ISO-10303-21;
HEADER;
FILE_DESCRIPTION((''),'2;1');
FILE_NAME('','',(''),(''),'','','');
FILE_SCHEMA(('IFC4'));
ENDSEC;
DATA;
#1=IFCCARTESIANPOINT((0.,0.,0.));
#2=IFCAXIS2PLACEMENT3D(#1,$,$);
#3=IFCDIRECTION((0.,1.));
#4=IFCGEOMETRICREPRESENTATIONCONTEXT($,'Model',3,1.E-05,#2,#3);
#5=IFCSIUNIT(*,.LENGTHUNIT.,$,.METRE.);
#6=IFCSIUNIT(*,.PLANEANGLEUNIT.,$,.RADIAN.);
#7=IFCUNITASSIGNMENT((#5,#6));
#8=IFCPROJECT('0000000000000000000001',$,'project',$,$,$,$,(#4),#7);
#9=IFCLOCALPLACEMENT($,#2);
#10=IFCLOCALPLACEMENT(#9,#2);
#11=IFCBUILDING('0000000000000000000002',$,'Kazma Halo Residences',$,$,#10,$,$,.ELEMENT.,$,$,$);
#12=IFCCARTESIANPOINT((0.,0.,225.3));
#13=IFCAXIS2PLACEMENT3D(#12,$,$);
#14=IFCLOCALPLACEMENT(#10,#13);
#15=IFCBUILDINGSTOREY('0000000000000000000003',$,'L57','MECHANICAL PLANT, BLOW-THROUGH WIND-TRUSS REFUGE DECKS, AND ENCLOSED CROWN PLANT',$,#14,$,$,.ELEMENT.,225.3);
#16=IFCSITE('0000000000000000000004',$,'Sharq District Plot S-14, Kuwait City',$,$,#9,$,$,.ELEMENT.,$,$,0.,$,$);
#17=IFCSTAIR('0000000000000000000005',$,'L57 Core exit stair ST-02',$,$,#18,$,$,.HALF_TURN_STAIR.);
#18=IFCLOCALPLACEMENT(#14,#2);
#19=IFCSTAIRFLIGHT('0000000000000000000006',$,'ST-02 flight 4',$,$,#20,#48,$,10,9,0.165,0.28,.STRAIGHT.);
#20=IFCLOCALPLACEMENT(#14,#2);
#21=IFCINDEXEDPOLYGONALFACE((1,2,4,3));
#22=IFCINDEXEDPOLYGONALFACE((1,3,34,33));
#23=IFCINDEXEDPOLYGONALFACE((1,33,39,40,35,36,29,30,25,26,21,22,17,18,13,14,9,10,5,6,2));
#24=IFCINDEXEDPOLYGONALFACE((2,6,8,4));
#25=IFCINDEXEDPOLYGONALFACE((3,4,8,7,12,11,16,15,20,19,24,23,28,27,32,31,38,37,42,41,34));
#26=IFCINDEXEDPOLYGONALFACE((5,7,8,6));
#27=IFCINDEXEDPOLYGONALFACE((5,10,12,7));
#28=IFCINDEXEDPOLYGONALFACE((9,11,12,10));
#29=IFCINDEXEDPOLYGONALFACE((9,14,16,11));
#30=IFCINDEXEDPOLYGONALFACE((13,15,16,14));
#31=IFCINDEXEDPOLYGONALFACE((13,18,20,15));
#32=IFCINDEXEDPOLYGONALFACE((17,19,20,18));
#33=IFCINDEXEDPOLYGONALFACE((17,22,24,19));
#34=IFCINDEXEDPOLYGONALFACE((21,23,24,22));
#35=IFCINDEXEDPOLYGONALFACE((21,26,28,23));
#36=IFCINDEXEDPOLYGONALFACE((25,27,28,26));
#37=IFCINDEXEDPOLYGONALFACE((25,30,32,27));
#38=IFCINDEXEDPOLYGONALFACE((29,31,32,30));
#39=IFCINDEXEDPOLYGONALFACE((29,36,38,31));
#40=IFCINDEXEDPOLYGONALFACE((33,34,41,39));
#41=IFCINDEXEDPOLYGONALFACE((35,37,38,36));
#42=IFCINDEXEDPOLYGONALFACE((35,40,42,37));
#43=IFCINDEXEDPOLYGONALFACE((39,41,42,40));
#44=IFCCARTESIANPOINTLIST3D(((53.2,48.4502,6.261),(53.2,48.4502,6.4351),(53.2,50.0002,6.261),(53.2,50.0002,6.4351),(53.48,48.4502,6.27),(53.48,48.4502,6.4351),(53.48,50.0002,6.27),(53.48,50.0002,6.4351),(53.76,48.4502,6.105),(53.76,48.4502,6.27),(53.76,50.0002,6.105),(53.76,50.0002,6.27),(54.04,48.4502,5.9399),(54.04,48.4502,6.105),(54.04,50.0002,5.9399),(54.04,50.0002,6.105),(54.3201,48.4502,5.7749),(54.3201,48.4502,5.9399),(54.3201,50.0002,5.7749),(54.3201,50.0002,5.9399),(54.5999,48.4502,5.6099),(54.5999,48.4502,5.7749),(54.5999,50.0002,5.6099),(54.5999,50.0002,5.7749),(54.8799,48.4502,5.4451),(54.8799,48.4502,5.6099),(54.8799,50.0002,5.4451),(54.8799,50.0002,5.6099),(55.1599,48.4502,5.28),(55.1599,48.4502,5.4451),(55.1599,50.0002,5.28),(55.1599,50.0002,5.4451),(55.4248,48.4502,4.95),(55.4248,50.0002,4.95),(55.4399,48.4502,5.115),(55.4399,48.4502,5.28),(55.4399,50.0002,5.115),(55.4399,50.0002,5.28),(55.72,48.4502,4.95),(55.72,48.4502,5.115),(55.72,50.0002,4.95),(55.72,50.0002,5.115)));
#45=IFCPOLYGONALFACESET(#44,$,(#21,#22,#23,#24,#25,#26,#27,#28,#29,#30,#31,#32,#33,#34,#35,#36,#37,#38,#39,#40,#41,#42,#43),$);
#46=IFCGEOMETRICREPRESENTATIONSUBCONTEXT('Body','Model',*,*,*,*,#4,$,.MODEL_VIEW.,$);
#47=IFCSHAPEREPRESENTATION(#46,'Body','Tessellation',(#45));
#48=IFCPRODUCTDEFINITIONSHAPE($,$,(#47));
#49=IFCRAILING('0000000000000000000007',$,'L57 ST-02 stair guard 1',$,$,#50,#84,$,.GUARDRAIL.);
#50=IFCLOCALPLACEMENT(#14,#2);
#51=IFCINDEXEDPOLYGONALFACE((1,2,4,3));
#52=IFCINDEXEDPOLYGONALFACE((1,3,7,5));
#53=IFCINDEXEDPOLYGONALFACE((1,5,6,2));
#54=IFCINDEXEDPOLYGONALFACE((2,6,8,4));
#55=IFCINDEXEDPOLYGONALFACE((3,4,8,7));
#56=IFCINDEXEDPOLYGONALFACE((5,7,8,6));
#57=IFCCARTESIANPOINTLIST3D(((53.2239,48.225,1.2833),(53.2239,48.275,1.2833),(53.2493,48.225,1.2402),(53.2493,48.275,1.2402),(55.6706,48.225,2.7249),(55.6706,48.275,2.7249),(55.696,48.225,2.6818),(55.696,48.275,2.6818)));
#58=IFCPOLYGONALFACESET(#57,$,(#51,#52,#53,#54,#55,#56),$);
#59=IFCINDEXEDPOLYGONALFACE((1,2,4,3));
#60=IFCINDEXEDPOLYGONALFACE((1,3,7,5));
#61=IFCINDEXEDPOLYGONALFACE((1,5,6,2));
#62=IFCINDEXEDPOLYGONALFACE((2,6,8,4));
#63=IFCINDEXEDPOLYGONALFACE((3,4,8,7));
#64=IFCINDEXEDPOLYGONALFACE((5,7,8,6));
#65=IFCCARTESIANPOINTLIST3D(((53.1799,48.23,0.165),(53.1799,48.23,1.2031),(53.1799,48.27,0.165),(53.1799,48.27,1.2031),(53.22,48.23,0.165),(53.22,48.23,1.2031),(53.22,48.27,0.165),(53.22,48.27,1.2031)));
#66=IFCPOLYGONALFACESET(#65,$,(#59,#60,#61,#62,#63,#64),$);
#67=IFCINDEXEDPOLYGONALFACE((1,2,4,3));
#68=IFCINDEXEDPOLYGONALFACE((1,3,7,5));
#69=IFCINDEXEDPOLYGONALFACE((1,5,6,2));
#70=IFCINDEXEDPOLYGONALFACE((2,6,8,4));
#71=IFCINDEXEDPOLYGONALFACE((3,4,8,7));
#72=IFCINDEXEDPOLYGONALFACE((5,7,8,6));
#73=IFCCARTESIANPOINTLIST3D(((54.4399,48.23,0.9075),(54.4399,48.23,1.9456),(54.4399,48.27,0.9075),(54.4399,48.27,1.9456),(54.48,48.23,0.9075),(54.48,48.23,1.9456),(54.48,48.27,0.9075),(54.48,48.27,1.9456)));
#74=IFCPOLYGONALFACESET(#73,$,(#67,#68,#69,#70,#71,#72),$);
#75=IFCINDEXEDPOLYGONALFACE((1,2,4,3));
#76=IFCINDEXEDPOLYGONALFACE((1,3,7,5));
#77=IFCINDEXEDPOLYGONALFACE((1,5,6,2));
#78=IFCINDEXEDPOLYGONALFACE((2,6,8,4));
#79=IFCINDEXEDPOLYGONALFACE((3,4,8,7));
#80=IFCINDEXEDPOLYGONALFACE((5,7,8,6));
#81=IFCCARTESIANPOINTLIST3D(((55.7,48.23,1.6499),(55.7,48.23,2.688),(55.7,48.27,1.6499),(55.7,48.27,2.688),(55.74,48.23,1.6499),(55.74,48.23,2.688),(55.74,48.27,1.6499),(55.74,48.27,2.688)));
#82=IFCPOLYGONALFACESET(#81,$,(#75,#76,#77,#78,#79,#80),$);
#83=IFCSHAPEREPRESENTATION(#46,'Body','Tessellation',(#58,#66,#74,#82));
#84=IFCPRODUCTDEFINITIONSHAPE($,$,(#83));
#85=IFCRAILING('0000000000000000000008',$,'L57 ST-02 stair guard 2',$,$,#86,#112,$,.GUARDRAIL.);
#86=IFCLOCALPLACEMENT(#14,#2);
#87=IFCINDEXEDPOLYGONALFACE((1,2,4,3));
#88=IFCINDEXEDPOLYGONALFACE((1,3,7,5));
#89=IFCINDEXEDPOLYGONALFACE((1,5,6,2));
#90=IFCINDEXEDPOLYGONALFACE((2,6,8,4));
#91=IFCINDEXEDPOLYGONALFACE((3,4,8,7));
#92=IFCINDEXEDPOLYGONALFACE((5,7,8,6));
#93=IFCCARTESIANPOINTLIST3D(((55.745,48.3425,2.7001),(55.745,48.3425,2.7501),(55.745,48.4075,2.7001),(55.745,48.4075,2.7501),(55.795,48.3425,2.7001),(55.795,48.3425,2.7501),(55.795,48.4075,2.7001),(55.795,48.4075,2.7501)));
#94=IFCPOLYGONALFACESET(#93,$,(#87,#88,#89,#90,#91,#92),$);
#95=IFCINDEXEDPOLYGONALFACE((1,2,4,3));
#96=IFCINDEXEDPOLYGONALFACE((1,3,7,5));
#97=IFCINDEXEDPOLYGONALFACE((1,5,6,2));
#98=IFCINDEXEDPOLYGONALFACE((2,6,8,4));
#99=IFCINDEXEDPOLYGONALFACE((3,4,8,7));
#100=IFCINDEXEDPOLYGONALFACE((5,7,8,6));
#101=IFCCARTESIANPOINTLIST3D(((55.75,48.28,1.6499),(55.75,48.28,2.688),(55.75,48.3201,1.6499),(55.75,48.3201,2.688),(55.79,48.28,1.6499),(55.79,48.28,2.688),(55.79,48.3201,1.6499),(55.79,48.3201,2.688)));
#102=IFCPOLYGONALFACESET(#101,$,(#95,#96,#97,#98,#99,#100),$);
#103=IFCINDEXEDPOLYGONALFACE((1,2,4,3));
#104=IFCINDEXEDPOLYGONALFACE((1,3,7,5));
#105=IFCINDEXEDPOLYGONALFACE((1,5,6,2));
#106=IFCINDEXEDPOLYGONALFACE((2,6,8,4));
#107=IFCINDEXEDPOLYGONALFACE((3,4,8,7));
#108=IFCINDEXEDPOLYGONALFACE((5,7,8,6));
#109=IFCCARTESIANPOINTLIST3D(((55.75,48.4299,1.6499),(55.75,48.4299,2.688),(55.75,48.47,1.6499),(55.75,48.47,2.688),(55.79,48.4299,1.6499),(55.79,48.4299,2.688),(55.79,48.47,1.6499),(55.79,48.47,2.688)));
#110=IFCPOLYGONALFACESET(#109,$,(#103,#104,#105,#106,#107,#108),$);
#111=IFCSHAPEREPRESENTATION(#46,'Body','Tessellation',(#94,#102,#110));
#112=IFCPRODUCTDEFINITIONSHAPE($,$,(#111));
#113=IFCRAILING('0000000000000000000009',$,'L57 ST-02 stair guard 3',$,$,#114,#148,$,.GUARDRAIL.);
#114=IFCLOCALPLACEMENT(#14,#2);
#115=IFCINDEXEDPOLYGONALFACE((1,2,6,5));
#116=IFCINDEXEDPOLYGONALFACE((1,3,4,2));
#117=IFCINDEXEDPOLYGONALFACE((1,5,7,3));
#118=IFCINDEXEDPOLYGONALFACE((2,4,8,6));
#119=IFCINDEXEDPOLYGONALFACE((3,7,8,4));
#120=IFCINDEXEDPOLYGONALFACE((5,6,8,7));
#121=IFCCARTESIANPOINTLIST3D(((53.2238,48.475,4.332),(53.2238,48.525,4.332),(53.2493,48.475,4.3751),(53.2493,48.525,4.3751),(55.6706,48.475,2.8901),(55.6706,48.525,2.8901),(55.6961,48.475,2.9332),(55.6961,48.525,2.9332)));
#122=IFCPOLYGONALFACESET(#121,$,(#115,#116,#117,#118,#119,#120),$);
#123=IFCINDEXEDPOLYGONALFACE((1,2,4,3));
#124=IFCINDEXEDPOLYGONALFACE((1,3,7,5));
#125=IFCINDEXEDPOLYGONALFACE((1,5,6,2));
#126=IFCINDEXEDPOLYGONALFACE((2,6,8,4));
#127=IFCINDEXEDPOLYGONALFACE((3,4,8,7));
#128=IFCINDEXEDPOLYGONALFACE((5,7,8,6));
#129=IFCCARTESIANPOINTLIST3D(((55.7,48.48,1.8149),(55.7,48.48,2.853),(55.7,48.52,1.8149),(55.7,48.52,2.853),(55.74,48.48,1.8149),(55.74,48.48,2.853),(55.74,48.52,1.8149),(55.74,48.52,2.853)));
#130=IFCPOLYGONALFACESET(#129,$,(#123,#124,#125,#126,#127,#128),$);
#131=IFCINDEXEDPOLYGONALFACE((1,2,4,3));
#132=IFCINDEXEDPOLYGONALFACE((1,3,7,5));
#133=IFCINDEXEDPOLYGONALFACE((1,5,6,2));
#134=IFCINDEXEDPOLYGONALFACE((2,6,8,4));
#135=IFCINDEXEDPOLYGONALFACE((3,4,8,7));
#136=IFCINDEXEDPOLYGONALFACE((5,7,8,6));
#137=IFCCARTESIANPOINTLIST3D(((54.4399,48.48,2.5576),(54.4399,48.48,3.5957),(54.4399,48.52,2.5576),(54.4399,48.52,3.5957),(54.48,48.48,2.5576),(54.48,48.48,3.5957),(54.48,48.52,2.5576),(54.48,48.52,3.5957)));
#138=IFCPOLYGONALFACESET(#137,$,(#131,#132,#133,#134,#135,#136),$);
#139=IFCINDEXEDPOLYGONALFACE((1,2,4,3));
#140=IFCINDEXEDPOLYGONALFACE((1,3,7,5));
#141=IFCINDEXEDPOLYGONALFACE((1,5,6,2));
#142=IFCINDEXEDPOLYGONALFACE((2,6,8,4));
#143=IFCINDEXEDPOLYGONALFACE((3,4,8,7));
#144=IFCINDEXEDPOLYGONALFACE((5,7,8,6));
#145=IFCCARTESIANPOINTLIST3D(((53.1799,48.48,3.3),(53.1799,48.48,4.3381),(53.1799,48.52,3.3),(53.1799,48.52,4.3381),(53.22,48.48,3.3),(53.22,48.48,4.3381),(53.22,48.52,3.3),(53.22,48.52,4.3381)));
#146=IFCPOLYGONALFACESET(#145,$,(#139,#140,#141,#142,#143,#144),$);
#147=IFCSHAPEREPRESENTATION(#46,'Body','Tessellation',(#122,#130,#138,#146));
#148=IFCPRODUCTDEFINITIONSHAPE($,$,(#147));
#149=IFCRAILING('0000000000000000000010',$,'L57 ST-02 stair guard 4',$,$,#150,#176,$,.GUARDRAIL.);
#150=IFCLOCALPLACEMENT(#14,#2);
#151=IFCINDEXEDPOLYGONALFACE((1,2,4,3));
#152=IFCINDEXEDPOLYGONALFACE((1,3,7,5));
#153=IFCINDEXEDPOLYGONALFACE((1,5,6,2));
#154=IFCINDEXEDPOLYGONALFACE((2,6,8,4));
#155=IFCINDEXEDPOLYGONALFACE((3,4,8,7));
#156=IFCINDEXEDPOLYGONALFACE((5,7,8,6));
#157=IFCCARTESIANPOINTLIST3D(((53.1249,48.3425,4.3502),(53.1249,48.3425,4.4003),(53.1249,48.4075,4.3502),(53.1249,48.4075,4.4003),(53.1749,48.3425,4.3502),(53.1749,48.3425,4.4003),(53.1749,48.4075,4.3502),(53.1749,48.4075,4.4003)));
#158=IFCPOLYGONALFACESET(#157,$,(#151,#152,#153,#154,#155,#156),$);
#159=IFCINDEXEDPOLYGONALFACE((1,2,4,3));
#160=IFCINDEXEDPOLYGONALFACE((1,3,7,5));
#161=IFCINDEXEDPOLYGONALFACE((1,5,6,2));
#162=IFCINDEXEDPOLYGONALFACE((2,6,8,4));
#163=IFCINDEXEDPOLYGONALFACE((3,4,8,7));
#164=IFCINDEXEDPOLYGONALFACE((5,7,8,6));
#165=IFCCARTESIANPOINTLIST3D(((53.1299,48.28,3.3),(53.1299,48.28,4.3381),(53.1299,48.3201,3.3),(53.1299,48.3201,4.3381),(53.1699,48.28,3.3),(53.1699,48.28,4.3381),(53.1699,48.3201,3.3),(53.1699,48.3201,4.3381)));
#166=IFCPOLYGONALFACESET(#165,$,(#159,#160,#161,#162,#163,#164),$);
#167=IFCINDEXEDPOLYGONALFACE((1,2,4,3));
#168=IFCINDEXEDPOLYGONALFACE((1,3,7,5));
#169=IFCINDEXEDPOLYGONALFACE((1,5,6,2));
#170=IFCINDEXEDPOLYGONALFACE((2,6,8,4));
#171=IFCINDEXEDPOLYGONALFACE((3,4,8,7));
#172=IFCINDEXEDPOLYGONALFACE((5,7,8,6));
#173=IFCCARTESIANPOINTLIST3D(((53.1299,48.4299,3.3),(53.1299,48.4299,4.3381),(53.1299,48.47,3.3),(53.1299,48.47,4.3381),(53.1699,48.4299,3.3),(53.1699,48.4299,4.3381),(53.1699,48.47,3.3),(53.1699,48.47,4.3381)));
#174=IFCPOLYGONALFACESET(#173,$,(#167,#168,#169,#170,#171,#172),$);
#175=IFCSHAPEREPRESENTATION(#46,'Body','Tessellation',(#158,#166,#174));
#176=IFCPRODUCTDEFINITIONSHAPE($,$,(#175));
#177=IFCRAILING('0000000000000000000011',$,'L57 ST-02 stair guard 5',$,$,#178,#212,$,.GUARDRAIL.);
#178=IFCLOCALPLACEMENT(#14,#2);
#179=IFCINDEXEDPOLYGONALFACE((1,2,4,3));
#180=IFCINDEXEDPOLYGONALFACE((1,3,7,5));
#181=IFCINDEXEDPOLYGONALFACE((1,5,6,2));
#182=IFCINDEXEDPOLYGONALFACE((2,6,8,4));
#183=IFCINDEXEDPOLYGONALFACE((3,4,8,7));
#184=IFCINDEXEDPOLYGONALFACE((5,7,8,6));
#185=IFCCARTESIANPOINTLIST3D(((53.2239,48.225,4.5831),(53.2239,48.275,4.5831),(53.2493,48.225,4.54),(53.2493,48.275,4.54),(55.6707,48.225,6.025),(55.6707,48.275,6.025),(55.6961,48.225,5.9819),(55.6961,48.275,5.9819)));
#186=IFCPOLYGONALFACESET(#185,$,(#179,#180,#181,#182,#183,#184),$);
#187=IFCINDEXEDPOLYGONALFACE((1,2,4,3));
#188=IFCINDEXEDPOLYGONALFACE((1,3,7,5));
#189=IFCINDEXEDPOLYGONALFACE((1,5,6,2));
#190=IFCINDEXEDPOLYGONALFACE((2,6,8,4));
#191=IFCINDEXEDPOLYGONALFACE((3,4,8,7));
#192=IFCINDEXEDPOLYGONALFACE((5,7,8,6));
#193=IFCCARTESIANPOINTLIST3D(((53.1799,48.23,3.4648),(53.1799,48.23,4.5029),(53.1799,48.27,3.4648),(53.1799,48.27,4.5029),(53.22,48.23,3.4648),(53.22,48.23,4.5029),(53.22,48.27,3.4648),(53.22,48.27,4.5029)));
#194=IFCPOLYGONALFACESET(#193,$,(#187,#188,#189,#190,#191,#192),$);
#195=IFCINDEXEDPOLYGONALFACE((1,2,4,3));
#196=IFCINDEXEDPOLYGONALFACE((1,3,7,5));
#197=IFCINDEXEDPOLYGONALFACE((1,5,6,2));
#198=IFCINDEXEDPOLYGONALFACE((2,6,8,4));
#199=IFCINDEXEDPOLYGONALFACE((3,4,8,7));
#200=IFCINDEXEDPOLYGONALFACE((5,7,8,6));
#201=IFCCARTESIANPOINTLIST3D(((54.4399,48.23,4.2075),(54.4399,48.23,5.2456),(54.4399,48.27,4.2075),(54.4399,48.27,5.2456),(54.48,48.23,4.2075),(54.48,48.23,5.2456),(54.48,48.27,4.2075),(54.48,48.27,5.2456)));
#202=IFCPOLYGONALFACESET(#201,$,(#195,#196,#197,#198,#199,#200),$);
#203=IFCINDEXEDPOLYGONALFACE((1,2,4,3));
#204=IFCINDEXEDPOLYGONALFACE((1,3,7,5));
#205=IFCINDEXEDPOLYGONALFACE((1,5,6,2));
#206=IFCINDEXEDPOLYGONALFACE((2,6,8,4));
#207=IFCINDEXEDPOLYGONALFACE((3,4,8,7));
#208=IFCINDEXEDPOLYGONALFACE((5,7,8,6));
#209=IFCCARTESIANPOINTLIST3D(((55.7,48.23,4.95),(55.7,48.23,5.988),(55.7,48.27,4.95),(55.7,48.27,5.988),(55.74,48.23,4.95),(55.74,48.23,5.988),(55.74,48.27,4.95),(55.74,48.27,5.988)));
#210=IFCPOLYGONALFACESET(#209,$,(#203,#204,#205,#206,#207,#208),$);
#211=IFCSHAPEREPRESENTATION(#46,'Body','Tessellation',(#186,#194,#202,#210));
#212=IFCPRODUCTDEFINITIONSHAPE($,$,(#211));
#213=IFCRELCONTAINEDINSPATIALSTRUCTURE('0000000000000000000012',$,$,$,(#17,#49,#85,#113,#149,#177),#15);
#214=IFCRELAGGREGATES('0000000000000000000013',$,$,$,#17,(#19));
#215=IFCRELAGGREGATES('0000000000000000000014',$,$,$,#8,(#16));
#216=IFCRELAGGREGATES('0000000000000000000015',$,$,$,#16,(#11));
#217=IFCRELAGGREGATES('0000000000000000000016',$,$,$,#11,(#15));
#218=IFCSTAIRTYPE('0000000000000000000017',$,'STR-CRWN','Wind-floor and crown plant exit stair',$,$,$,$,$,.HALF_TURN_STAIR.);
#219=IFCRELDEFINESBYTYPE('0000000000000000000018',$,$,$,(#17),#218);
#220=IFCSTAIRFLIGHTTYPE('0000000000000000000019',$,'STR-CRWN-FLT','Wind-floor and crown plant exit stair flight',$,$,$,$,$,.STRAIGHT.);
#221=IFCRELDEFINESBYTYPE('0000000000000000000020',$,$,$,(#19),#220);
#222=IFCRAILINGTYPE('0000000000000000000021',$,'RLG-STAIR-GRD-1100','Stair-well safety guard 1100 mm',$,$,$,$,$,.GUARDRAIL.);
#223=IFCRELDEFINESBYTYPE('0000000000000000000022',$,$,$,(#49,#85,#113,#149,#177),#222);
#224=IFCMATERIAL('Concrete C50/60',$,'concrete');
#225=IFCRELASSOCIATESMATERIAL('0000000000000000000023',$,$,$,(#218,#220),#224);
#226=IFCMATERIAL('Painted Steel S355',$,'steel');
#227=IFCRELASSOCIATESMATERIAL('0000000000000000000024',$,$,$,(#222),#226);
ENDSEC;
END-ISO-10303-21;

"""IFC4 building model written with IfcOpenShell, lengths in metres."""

from ifc_helpers import new_model, si_unit, direction, frame, origin, origin_2d, place, context, subcontext, project, spatial, polyline, rectangle, outline, extrude, material, type_object, element, aggregate, save


model = new_model("IFC4")

# Units and contexts
model_context = context("Model", 3, precision=1e-05, world=origin(), true_north=direction((0.0, 1.0)))
body_context = subcontext(model_context, "Body", "Model", "MODEL_VIEW")
ifc_project = project(units=[si_unit("LENGTHUNIT", "METRE"), si_unit("PLANEANGLEUNIT", "RADIAN")], contexts=[model_context])

# Site, building, storey
site_placement = place(None, origin())
site = spatial("IfcSite", under=ifc_project, at=site_placement, Name="Sharq District Plot S-14, Kuwait City", CompositionType="ELEMENT", RefElevation=0.0)
building_placement = place(site_placement, origin())
building = spatial("IfcBuilding", under=site, at=building_placement, Name="Kazma Halo Residences", CompositionType="ELEMENT")
storey_placement = place(building_placement, frame((0.0, 0.0, 225.3)))
storey = spatial("IfcBuildingStorey", under=building, at=storey_placement, Name="L57", Description="MECHANICAL PLANT, BLOW-THROUGH WIND-TRUSS REFUGE DECKS, AND ENCLOSED CROWN PLANT", CompositionType="ELEMENT", Elevation=225.3)

# Shared definitions
ifc_material_1 = material(Name="Concrete C50/60", Category="concrete")

# Stair, stair flight
stair_type = type_object("IfcStairType", Name="STR-CRWN", Description="Wind-floor and crown plant exit stair", PredefinedType="HALF_TURN_STAIR", material=ifc_material_1)
stair_placement = place(storey_placement, origin())
stair = element("IfcStair", 1, at=stair_placement, inside=storey, type_object=stair_type, Name="L57 Core exit stair ST-02", PredefinedType="HALF_TURN_STAIR")
stair_flight_type = type_object("IfcStairFlightType", Name="STR-CRWN-FLT", Description="Wind-floor and crown plant exit stair flight", PredefinedType="STRAIGHT", material=ifc_material_1)
stair_flight_1_placement = place(storey_placement, frame((55.72, 49.2251, 4.95), z_axis=(0.0, 0.0, 1.0), x_axis=(-1.0, 0.0, 0.0)))
stair_flight_1 = element("IfcStairFlight", 2, at=stair_flight_1_placement, type_object=stair_flight_type, Name="ST-02 flight 4", NumberOfRisers=10, NumberOfTreads=9, PredefinedType="STRAIGHT", RiserHeight=0.165, TreadLength=0.28, context=body_context, shape_type="SweptSolid", body=[
    extrude(outline(polyline([(0.0, 0.0), (0.0, 0.165), (0.28, 0.165), (0.28, 0.3301), (0.5601, 0.3301), (0.5601, 0.4951), (0.8401, 0.4951), (0.8401, 0.6599), (1.1201, 0.6599), (1.1201, 0.825), (1.3999, 0.825), (1.3999, 0.99), (1.6799, 0.99), (1.6799, 1.155), (1.96, 1.155), (1.96, 1.3201), (2.24, 1.3201), (2.24, 1.4851), (2.52, 1.4851), (2.52, 1.6499), (2.52, 1.311), (0.2952, 0.0), (0.0, 0.0)])), frame((0.0, 0.7749, 0.0), z_axis=(0.0, -1.0, 0.0), x_axis=(1.0, 0.0, 0.0)), (0.0, 0.0, 1.0), 1.55),
])
aggregate(stair, [stair_flight_1])

# Railings
ifc_material_2 = material(Name="Painted Steel S355", Category="steel")
railing_type_1 = type_object("IfcRailingType", Name="RLG-STAIR-GRD-1100", Description="Stair-well safety guard 1100 mm", PredefinedType="GUARDRAIL", material=ifc_material_2)
railing_1_placement = place(storey_placement, frame((53.2, 48.25, 0.165)))
element("IfcRailing", 3, at=railing_1_placement, inside=storey, type_object=railing_type_1, Name="L57 ST-02 stair guard 1", PredefinedType="GUARDRAIL", context=body_context, shape_type="SweptSolid", body=[
    extrude(rectangle(XDim=0.05, YDim=0.05, at=origin_2d()), frame((0.0366, 0.0, 1.0967), z_axis=(0.861561, 0.0, 0.507655), x_axis=(0.0, 1.0, 0.0)), (0.0, 0.0, 1.0), 2.8398),
    extrude(rectangle(XDim=0.04, YDim=0.04, at=origin_2d()), origin(), (0.0, 0.0, 1.0), 1.0381),
    extrude(rectangle(XDim=0.04, YDim=0.04, at=origin_2d()), frame((1.26, 0.0, 0.7424)), (0.0, 0.0, 1.0), 1.0381),
    extrude(rectangle(XDim=0.04, YDim=0.04, at=origin_2d()), frame((2.52, 0.0, 1.4849)), (0.0, 0.0, 1.0), 1.0381),
])
railing_2_placement = place(storey_placement, frame((55.77, 48.3, 1.6499)))
element("IfcRailing", 4, at=railing_2_placement, inside=storey, type_object=railing_type_1, Name="L57 ST-02 stair guard 2", PredefinedType="GUARDRAIL", context=body_context, shape_type="SweptSolid", body=[
    extrude(rectangle(XDim=0.05, YDim=0.05, at=origin_2d()), frame((0.0, 0.0425, 1.0752), z_axis=(0.0, 1.0, 0.0), x_axis=(-1.0, 0.0, 0.0)), (0.0, 0.0, 1.0), 0.0649),
    extrude(rectangle(XDim=0.04, YDim=0.04, at=origin_2d()), origin(), (0.0, 0.0, 1.0), 1.0381),
    extrude(rectangle(XDim=0.04, YDim=0.04, at=origin_2d()), frame((0.0, 0.1499, 0.0)), (0.0, 0.0, 1.0), 1.0381),
])
railing_3_placement = place(storey_placement, frame((55.72, 48.5, 1.8149)))
element("IfcRailing", 5, at=railing_3_placement, inside=storey, type_object=railing_type_1, Name="L57 ST-02 stair guard 3", PredefinedType="GUARDRAIL", context=body_context, shape_type="SweptSolid", body=[
    extrude(rectangle(XDim=0.05, YDim=0.05, at=origin_2d()), frame((-0.0366, 0.0, 1.0967), z_axis=(-0.861524, 0.0, 0.507717), x_axis=(0.0, -1.0, 0.0)), (0.0, 0.0, 1.0), 2.8401),
    extrude(rectangle(XDim=0.04, YDim=0.04, at=origin_2d()), origin(), (0.0, 0.0, 1.0), 1.0381),
    extrude(rectangle(XDim=0.04, YDim=0.04, at=origin_2d()), frame((-1.26, 0.0, 0.7427)), (0.0, 0.0, 1.0), 1.0381),
    extrude(rectangle(XDim=0.04, YDim=0.04, at=origin_2d()), frame((-2.52, 0.0, 1.4851)), (0.0, 0.0, 1.0), 1.0381),
])
railing_4_placement = place(storey_placement, frame((53.1499, 48.3, 3.3)))
element("IfcRailing", 6, at=railing_4_placement, inside=storey, type_object=railing_type_1, Name="L57 ST-02 stair guard 4", PredefinedType="GUARDRAIL", context=body_context, shape_type="SweptSolid", body=[
    extrude(rectangle(XDim=0.05, YDim=0.05, at=origin_2d()), frame((0.0, 0.0425, 1.0752), z_axis=(0.0, 1.0, 0.0), x_axis=(-1.0, 0.0, 0.0)), (0.0, 0.0, 1.0), 0.0649),
    extrude(rectangle(XDim=0.04, YDim=0.04, at=origin_2d()), origin(), (0.0, 0.0, 1.0), 1.0381),
    extrude(rectangle(XDim=0.04, YDim=0.04, at=origin_2d()), frame((0.0, 0.1499, 0.0)), (0.0, 0.0, 1.0), 1.0381),
])
railing_5_placement = place(storey_placement, frame((53.2, 48.25, 3.4648)))
element("IfcRailing", 7, at=railing_5_placement, inside=storey, type_object=railing_type_1, Name="L57 ST-02 stair guard 5", PredefinedType="GUARDRAIL", context=body_context, shape_type="SweptSolid", body=[
    extrude(rectangle(XDim=0.05, YDim=0.05, at=origin_2d()), frame((0.0366, 0.0, 1.0967), z_axis=(0.861524, 0.0, 0.507717), x_axis=(0.0, 1.0, 0.0)), (0.0, 0.0, 1.0), 2.8401),
    extrude(rectangle(XDim=0.04, YDim=0.04, at=origin_2d()), origin(), (0.0, 0.0, 1.0), 1.0381),
    extrude(rectangle(XDim=0.04, YDim=0.04, at=origin_2d()), frame((1.26, 0.0, 0.7427)), (0.0, 0.0, 1.0), 1.0381),
    extrude(rectangle(XDim=0.04, YDim=0.04, at=origin_2d()), frame((2.52, 0.0, 1.4851)), (0.0, 0.0, 1.0), 1.0381),
])

save(model, "model.ifc")
